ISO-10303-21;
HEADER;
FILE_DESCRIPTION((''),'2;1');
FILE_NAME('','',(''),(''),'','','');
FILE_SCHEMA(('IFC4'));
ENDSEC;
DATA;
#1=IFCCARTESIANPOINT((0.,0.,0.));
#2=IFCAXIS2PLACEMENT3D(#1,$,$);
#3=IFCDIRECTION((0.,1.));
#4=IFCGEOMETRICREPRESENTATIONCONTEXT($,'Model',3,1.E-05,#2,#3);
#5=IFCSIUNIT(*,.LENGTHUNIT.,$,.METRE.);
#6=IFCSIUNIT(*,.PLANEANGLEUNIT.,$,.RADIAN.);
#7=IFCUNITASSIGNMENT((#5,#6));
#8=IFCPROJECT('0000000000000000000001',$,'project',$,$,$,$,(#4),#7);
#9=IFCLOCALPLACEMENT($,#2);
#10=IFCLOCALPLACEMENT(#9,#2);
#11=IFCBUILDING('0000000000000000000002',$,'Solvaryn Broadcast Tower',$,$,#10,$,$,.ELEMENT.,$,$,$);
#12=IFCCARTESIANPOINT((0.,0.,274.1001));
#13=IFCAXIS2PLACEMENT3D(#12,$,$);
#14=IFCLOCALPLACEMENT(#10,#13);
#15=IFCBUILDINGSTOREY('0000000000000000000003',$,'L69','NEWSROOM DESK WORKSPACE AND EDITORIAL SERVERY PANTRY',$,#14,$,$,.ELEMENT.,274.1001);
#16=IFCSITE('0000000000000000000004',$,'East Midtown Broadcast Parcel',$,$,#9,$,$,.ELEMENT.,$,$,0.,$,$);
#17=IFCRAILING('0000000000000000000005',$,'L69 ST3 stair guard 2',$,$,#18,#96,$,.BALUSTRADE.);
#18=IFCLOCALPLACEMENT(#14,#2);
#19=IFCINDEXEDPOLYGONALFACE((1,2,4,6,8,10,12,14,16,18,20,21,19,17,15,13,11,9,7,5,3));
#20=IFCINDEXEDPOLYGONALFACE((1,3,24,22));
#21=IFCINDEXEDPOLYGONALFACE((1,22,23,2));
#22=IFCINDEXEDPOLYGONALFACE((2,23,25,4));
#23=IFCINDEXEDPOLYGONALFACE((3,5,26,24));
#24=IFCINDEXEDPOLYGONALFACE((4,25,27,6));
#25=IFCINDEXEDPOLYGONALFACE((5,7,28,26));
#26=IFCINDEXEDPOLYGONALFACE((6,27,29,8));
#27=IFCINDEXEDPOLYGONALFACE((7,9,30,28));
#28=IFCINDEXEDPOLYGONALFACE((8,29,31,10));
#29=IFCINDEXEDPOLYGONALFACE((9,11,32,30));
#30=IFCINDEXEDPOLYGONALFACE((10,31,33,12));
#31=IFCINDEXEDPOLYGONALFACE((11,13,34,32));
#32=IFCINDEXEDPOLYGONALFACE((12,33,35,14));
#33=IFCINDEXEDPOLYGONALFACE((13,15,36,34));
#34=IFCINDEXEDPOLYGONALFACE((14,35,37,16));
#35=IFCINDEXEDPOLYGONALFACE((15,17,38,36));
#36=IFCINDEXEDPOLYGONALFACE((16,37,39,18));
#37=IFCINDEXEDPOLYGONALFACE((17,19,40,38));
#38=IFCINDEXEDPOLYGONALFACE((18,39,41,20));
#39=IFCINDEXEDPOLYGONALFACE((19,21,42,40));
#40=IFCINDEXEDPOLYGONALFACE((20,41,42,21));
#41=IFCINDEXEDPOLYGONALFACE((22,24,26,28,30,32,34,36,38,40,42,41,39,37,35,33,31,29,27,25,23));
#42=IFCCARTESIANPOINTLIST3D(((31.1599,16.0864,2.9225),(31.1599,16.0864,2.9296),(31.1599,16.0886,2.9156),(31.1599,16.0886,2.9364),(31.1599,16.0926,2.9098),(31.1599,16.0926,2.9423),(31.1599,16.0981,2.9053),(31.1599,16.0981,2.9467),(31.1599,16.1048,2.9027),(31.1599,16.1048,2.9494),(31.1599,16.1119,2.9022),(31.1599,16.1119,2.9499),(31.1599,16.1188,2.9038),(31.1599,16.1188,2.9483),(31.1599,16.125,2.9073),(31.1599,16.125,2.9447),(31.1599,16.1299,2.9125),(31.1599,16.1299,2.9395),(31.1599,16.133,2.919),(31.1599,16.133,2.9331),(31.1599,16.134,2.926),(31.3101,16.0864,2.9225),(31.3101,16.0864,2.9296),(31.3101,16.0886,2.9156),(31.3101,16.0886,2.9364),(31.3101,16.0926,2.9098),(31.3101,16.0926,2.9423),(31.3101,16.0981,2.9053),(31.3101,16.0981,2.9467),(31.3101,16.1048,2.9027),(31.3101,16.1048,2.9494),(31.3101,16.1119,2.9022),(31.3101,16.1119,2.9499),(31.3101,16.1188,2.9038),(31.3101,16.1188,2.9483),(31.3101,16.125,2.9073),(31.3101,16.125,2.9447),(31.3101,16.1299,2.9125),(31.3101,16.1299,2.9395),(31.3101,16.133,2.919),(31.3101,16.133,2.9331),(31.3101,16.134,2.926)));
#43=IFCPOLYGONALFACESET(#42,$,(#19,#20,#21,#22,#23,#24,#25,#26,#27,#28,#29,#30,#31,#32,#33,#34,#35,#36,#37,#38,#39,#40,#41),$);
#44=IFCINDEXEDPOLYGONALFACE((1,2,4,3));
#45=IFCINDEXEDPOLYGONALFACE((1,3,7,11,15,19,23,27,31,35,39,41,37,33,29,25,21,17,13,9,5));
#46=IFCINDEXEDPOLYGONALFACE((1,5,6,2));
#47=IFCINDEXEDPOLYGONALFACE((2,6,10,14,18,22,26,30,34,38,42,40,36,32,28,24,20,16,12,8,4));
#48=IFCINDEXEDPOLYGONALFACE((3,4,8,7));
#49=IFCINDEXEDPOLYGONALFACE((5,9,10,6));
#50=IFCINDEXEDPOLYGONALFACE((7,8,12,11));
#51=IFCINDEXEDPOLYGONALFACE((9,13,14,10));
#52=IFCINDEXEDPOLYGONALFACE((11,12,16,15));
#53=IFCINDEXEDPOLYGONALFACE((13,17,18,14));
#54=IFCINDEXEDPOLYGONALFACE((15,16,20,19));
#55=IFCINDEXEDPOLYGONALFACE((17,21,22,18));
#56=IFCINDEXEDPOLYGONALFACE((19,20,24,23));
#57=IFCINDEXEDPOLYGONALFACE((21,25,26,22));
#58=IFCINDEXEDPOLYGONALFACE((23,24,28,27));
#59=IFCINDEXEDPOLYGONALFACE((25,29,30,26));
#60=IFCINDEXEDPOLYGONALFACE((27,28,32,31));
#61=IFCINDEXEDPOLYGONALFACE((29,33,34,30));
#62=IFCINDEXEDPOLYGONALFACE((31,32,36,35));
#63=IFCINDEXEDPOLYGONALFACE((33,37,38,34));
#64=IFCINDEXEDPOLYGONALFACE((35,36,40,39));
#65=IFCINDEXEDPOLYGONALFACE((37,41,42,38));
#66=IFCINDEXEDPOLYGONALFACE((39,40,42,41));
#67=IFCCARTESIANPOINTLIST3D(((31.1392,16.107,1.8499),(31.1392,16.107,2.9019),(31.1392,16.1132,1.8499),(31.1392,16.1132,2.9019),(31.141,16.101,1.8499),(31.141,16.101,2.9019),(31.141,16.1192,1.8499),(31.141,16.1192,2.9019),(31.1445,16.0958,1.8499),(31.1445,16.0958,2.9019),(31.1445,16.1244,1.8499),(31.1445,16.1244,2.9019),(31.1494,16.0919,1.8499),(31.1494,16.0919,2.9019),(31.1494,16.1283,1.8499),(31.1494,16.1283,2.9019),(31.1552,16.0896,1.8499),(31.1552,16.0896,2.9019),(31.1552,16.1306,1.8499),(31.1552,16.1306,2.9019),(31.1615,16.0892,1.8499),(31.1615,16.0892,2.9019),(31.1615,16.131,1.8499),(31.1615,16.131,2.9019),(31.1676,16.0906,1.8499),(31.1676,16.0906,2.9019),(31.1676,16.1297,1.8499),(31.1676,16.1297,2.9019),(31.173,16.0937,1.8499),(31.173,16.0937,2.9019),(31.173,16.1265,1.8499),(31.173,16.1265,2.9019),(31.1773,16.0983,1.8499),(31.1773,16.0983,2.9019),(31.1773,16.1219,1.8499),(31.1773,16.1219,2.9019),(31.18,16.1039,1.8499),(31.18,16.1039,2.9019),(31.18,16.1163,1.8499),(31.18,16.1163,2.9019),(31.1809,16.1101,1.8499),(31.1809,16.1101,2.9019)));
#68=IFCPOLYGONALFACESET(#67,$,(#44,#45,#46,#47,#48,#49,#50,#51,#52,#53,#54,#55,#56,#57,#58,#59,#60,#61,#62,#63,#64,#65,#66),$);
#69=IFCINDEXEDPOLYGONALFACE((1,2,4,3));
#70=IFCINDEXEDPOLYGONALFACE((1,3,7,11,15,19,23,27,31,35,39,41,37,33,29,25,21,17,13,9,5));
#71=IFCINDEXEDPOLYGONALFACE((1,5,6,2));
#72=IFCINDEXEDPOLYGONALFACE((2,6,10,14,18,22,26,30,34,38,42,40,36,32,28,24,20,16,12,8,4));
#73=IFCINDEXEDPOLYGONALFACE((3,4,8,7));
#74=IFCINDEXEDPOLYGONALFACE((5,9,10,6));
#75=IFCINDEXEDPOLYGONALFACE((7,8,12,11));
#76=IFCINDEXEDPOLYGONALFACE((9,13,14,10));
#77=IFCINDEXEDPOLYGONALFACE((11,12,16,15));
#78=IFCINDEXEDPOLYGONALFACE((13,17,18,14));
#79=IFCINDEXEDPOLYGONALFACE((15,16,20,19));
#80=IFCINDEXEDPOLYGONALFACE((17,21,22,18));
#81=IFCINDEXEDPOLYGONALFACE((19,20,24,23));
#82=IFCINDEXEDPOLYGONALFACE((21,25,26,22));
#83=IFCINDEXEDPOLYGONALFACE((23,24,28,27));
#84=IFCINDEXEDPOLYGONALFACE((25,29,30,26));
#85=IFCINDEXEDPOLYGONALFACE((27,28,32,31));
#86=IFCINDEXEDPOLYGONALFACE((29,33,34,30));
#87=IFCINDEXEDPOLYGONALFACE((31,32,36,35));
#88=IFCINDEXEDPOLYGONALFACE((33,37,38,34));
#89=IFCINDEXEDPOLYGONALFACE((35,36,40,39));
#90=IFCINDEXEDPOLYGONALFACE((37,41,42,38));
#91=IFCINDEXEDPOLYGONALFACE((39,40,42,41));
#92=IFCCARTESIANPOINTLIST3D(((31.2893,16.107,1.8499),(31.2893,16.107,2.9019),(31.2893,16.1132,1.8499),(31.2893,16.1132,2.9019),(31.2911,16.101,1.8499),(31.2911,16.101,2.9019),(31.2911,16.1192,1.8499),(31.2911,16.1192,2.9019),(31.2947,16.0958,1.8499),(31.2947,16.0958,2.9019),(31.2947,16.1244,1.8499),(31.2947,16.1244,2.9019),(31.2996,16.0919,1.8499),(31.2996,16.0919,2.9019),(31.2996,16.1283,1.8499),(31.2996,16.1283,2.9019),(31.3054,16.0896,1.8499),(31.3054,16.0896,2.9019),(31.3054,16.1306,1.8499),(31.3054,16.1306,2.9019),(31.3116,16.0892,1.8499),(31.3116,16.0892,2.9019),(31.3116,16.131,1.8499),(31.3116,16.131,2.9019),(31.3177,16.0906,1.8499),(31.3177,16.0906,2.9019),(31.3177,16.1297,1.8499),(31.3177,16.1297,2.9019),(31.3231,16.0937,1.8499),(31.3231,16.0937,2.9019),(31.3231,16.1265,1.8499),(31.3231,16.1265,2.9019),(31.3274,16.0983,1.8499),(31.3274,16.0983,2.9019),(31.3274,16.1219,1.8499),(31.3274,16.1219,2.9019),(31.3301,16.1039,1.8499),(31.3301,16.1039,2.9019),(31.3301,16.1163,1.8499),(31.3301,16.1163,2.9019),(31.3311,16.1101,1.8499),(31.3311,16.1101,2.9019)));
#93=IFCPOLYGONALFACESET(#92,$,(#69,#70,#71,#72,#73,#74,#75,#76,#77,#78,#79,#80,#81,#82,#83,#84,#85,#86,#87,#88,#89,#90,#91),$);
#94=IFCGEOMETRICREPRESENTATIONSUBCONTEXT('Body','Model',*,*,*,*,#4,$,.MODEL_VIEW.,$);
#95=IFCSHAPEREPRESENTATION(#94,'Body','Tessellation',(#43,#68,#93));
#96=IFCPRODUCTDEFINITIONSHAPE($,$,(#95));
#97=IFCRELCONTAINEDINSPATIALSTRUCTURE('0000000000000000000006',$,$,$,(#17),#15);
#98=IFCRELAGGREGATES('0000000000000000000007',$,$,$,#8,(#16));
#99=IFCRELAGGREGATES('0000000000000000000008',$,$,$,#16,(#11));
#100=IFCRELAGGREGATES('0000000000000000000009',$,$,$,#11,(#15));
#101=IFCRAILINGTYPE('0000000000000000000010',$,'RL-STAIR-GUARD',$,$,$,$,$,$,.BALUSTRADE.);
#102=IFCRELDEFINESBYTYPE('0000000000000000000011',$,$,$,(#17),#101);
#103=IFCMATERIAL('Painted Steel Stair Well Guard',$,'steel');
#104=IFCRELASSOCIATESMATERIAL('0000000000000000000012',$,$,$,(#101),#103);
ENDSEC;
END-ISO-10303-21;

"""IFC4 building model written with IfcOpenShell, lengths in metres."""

from ifc_helpers import new_model, si_unit, direction, frame, origin, origin_2d, place, context, subcontext, project, spatial, circle, extrude, material, type_object, element, save


model = new_model("IFC4")

# Units and contexts
model_context = context("Model", 3, precision=1e-05, world=origin(), true_north=direction((0.0, 1.0)))
body_context = subcontext(model_context, "Body", "Model", "MODEL_VIEW")
ifc_project = project(units=[si_unit("LENGTHUNIT", "METRE"), si_unit("PLANEANGLEUNIT", "RADIAN")], contexts=[model_context])

# Site, building, storey
site_placement = place(None, origin())
site = spatial("IfcSite", under=ifc_project, at=site_placement, Name="East Midtown Broadcast Parcel", CompositionType="ELEMENT", RefElevation=0.0)
building_placement = place(site_placement, origin())
building = spatial("IfcBuilding", under=site, at=building_placement, Name="Solvaryn Broadcast Tower", CompositionType="ELEMENT")
storey_placement = place(building_placement, frame((0.0, 0.0, 274.1001)))
storey = spatial("IfcBuildingStorey", under=building, at=storey_placement, Name="L69", Description="NEWSROOM DESK WORKSPACE AND EDITORIAL SERVERY PANTRY", CompositionType="ELEMENT", Elevation=274.1001)

# Railing
ifc_material_1 = material(Name="Painted Steel Stair Well Guard", Category="steel")
railing_type_1 = type_object("IfcRailingType", Name="RL-STAIR-GUARD", PredefinedType="BALUSTRADE", material=ifc_material_1)
railing_1_placement = place(storey_placement, frame((31.1599, 16.1101, 1.8499)))
element("IfcRailing", 1, at=railing_1_placement, inside=storey, type_object=railing_type_1, Name="L69 ST3 stair guard 2", PredefinedType="BALUSTRADE", context=body_context, shape_type="SweptSolid", body=[
    extrude(circle(Radius=0.0239, at=origin_2d()), frame((0.0, 0.0, 1.0762), z_axis=(1.0, 0.0, 0.0), x_axis=(0.0, 1.0, 0.0)), (0.0, 0.0, 1.0), 0.1501),
    extrude(circle(Radius=0.021, at=origin_2d()), origin(), (0.0, 0.0, 1.0), 1.052),
    extrude(circle(Radius=0.021, at=origin_2d()), frame((0.1501, 0.0, 0.0)), (0.0, 0.0, 1.0), 1.052),
])

save(model, "model.ifc")
